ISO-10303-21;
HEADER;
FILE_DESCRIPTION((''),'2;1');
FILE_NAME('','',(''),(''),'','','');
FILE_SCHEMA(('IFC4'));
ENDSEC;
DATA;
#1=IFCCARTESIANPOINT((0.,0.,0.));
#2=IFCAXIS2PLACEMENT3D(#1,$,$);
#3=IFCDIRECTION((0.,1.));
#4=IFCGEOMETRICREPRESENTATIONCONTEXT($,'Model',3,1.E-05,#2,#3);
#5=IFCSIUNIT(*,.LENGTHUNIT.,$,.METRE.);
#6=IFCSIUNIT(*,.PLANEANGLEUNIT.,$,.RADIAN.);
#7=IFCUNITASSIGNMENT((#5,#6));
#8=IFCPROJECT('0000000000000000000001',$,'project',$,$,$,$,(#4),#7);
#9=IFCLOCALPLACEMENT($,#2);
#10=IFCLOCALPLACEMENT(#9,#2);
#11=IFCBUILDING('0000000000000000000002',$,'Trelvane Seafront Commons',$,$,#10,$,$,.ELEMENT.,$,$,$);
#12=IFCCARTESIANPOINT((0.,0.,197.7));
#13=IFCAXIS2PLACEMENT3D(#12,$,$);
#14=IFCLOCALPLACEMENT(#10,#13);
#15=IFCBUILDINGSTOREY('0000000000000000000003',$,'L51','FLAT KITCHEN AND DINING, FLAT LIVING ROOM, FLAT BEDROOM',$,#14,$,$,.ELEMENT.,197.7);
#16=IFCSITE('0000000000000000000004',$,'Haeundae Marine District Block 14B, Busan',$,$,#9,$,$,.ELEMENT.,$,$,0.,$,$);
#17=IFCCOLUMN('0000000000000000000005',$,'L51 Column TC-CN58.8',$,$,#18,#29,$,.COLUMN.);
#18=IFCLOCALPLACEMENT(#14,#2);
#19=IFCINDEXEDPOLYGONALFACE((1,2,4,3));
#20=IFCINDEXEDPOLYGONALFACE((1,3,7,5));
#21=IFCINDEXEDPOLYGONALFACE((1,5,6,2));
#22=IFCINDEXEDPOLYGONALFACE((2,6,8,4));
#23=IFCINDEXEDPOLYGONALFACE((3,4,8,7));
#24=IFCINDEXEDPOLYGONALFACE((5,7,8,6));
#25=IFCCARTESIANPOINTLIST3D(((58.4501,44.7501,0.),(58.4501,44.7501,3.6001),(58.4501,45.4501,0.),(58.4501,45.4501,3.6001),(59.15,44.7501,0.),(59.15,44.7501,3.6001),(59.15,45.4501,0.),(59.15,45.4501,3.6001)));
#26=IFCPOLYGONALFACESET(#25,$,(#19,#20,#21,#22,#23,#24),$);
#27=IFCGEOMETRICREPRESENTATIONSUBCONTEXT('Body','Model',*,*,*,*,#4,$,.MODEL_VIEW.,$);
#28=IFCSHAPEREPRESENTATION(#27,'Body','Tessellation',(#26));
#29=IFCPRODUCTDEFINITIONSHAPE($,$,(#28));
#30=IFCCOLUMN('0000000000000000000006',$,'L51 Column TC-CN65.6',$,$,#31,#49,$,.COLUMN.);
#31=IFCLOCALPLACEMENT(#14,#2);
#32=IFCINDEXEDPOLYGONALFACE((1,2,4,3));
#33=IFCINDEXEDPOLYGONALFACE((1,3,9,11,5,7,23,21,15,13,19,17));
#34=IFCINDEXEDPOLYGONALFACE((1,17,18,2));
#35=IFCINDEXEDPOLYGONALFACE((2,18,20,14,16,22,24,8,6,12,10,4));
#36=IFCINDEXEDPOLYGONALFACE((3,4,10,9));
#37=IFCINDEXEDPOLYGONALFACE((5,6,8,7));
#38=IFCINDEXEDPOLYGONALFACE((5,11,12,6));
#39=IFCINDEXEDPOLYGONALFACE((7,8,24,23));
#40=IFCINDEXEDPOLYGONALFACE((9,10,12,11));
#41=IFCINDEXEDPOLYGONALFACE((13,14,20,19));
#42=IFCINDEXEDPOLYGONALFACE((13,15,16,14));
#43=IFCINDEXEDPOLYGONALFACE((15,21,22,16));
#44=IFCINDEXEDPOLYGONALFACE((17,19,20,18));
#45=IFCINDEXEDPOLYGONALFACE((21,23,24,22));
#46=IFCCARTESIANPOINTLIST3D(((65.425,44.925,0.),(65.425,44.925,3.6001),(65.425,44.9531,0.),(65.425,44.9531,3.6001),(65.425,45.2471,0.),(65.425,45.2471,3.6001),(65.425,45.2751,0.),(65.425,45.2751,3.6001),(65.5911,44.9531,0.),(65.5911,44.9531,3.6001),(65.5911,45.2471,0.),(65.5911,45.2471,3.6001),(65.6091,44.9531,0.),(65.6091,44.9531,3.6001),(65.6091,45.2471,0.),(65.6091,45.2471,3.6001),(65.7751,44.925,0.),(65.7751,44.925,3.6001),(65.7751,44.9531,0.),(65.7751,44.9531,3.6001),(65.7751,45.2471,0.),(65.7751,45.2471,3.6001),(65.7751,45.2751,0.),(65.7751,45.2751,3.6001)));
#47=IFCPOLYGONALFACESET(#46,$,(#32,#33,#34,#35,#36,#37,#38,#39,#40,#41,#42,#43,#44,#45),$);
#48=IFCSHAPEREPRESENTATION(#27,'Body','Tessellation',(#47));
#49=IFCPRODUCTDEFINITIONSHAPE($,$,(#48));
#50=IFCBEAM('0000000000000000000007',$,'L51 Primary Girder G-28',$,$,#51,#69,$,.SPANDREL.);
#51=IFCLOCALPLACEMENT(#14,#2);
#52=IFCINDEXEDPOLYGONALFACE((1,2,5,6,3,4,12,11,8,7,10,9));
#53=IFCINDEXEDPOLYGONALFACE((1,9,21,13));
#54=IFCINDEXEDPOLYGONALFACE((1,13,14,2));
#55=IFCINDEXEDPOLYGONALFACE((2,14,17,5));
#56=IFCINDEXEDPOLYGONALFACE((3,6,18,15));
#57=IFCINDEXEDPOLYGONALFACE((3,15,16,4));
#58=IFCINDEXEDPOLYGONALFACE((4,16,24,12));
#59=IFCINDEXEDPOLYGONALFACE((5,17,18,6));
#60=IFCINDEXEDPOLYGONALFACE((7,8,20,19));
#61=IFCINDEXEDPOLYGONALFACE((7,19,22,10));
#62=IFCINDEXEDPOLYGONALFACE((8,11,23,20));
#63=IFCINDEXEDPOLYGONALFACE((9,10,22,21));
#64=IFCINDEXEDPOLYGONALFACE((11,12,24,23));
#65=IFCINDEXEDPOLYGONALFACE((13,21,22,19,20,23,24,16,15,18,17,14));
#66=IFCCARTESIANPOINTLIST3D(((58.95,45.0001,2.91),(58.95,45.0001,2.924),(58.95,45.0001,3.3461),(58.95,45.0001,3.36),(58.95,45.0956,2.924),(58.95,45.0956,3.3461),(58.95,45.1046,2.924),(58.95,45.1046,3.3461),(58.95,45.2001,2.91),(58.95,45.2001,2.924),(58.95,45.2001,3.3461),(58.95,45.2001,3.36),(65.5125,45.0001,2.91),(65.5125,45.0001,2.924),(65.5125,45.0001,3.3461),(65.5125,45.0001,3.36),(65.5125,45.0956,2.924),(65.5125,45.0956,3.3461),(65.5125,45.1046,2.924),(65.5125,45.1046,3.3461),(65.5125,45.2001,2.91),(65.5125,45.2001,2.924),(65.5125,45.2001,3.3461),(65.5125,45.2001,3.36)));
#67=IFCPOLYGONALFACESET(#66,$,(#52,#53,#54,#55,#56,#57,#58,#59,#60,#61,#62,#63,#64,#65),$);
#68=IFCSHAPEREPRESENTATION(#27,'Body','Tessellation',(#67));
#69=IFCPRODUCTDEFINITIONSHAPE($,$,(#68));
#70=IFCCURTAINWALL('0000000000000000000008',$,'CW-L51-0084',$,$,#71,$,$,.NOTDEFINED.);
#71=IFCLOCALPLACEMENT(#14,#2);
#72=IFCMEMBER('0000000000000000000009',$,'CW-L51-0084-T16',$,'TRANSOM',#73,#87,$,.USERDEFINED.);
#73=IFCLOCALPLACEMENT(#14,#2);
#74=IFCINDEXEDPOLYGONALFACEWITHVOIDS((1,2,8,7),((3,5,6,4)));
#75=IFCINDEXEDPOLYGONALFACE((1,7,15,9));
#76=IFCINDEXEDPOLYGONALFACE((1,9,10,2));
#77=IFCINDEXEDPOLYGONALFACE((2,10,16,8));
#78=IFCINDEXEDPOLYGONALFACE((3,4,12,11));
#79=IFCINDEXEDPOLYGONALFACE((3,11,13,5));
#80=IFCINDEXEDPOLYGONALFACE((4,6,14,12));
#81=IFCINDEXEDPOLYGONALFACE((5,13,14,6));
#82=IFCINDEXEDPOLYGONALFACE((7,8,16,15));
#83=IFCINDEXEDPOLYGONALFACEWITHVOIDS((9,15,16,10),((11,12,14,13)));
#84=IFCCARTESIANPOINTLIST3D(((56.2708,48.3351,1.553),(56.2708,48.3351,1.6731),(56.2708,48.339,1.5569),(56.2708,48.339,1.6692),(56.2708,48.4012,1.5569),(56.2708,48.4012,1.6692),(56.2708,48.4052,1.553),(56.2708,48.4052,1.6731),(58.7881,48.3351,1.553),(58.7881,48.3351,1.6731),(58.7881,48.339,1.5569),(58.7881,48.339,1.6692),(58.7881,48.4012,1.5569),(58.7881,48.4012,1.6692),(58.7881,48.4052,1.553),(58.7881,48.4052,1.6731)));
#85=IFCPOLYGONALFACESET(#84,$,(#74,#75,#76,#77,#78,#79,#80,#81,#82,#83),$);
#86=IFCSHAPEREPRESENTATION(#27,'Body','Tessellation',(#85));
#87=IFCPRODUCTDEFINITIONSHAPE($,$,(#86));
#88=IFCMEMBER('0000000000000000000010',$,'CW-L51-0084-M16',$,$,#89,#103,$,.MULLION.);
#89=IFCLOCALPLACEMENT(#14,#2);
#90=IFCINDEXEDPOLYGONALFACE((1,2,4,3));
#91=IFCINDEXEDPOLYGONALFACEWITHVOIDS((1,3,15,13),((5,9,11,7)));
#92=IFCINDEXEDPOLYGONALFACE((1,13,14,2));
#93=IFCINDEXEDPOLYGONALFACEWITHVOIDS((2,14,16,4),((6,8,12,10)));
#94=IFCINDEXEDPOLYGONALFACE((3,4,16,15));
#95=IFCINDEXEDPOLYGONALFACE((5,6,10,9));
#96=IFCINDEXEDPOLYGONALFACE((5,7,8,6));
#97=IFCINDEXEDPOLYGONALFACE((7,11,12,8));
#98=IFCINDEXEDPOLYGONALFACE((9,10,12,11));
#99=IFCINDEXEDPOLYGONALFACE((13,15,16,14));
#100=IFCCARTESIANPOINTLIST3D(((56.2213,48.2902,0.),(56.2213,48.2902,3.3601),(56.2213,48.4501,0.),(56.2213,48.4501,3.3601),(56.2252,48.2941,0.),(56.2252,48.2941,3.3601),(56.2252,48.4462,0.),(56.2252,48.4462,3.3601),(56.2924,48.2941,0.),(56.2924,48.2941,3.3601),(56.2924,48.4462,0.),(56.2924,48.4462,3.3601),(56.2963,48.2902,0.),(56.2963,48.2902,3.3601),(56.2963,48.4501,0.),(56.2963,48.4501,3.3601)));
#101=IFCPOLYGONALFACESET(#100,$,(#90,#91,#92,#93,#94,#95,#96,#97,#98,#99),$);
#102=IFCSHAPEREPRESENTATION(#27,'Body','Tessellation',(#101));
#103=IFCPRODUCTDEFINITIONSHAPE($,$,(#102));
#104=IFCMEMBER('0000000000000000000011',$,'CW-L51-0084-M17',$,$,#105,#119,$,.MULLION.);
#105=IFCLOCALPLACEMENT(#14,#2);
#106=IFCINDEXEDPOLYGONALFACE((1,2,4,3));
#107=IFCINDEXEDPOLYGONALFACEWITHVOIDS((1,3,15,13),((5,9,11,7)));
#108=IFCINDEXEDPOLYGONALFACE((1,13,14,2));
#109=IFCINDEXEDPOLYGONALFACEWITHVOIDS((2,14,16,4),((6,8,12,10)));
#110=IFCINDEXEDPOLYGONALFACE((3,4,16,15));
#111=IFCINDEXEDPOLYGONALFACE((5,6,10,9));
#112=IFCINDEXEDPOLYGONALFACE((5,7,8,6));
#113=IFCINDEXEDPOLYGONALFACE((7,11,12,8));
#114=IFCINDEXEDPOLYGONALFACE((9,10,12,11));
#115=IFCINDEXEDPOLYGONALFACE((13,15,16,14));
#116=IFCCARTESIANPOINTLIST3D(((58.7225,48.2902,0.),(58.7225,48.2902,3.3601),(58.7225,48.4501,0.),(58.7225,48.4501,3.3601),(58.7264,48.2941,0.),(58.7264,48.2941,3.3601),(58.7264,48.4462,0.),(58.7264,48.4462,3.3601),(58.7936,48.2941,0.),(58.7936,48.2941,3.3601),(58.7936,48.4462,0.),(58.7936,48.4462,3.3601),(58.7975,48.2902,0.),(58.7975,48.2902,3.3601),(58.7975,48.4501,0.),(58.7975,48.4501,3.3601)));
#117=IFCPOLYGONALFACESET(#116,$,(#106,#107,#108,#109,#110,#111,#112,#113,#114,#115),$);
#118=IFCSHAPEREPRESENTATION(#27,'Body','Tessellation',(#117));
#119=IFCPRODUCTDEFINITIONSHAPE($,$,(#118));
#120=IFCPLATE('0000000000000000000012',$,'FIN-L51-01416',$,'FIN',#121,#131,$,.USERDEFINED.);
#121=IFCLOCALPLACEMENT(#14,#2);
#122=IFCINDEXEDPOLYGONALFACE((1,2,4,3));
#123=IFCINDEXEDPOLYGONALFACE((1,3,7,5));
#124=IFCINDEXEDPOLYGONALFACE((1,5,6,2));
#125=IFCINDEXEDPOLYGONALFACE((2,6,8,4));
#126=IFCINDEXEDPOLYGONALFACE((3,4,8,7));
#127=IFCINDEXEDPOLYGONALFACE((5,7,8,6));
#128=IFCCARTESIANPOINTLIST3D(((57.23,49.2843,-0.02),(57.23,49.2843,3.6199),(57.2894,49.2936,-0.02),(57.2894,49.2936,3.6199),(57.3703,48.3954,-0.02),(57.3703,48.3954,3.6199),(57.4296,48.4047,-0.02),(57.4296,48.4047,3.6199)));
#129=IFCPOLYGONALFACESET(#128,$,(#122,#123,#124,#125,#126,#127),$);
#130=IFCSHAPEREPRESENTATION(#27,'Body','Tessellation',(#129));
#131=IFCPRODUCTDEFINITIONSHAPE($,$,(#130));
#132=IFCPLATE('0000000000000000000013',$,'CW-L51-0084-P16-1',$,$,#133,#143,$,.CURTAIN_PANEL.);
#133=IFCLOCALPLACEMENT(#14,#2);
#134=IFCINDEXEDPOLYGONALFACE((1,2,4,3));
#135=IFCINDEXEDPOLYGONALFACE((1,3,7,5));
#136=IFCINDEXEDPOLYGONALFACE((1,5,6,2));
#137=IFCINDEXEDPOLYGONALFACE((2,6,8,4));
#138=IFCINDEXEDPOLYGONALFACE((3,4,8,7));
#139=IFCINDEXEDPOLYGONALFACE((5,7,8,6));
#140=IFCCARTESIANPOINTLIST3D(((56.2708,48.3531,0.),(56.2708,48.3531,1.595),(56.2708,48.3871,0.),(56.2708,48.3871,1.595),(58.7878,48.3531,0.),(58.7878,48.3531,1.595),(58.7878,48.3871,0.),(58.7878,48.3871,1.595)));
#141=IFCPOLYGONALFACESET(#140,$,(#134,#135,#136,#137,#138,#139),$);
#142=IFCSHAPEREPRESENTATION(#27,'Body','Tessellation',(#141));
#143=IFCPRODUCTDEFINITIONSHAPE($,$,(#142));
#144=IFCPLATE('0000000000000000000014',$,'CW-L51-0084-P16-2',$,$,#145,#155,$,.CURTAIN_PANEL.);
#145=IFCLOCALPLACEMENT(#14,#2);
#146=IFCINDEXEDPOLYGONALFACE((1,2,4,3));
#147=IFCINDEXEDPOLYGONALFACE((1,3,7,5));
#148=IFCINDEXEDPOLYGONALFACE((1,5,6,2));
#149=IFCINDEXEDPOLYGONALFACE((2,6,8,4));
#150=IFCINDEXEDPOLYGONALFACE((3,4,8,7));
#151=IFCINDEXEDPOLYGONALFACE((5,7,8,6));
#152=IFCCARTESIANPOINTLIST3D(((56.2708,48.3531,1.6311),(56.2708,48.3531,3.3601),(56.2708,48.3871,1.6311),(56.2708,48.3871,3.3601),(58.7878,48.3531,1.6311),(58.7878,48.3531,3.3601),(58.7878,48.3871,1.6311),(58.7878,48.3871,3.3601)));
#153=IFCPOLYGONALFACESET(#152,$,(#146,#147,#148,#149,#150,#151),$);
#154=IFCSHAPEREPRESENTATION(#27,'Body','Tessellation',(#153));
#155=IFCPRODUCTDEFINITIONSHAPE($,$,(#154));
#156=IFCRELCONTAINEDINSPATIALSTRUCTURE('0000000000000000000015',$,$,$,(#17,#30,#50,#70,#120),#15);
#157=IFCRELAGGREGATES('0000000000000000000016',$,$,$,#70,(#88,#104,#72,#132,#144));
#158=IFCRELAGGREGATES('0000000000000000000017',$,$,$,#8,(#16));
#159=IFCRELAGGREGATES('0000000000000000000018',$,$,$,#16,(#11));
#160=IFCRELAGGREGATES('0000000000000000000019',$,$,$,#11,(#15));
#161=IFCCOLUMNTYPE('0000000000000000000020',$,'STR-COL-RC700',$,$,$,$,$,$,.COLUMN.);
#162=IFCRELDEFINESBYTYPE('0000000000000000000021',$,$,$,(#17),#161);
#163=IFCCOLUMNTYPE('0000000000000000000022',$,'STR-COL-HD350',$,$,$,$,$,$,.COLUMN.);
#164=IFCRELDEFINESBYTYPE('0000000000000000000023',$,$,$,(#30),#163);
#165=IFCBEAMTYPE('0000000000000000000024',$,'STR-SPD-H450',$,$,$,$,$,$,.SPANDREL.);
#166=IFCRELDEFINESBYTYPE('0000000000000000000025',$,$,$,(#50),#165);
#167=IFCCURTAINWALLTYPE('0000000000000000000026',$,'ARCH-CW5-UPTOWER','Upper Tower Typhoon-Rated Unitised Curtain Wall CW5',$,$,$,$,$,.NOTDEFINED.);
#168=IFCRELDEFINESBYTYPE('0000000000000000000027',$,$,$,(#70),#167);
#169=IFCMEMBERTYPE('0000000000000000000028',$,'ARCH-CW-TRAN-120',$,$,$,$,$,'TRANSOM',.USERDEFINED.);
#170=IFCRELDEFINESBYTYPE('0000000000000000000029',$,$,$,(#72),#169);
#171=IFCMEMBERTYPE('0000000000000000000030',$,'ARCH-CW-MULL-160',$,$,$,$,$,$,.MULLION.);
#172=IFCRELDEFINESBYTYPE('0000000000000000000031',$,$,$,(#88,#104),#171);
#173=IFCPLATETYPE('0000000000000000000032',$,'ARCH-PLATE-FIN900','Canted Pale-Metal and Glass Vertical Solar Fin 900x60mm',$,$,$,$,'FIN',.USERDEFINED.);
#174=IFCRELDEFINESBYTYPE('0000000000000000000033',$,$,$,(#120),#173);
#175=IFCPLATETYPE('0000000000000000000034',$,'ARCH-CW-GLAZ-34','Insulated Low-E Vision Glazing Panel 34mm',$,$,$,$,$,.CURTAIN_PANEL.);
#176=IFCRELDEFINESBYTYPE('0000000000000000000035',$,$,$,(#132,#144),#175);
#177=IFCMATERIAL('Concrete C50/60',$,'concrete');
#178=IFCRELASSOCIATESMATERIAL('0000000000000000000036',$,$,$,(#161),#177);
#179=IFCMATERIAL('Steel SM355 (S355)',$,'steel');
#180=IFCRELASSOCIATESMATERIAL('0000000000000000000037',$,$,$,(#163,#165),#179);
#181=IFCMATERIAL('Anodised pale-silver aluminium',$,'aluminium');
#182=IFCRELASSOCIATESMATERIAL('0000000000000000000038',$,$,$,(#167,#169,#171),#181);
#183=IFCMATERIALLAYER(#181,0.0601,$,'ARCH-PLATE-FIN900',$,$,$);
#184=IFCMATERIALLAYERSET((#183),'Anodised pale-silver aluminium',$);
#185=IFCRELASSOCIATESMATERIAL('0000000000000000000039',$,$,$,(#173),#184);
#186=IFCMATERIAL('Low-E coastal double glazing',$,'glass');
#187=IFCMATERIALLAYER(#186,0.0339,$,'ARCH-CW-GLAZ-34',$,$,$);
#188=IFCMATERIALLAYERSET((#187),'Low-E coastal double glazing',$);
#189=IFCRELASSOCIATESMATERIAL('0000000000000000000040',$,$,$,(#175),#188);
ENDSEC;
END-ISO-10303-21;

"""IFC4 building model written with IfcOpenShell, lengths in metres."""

from ifc_helpers import new_model, si_unit, direction, frame, origin, origin_2d, place, context, subcontext, project, spatial, rectangle, hollow_rectangle, i_section, extrude, source, transform, mapped, material, layer, layer_set, material_profile, profile_set, type_object, element, aggregate, save


model = new_model("IFC4")

# Units and contexts
model_context = context("Model", 3, precision=1e-05, world=origin(), true_north=direction((0.0, 1.0)))
body_context = subcontext(model_context, "Body", "Model", "MODEL_VIEW")
ifc_project = project(units=[si_unit("LENGTHUNIT", "METRE"), si_unit("PLANEANGLEUNIT", "RADIAN")], contexts=[model_context])

# Site, building, storey
site_placement = place(None, origin())
site = spatial("IfcSite", under=ifc_project, at=site_placement, Name="Haeundae Marine District Block 14B, Busan", CompositionType="ELEMENT", RefElevation=0.0)
building_placement = place(site_placement, origin())
building = spatial("IfcBuilding", under=site, at=building_placement, Name="Trelvane Seafront Commons", CompositionType="ELEMENT")
storey_placement = place(building_placement, frame((0.0, 0.0, 197.7)))
storey = spatial("IfcBuildingStorey", under=building, at=storey_placement, Name="L51", Description="FLAT KITCHEN AND DINING, FLAT LIVING ROOM, FLAT BEDROOM", CompositionType="ELEMENT", Elevation=197.7)

# Columns
ifc_material_1 = material(Name="Concrete C50/60", Category="concrete")
ifc_material_profile_1 = material_profile(ifc_material_1, rectangle(XDim=0.7, YDim=0.7, at=origin_2d()), Name="RC-700x700")
ifc_profile_set_1 = profile_set([ifc_material_profile_1], Name="Concrete C50/60")
column_type_1 = type_object("IfcColumnType", Name="STR-COL-RC700", PredefinedType="COLUMN", material=ifc_profile_set_1)
shared_shape_1 = source(origin(), body_context, "Body", "SweptSolid", [
    extrude(rectangle(XDim=0.7, YDim=0.7, at=origin_2d()), origin(), (0.0, 0.0, 1.0), 3.6001),
])
column_1_placement = place(storey_placement, frame((58.8, 45.1001, 0.0), z_axis=(0.0, 0.0, 1.0), x_axis=(1.0, 0.0, 0.0)))
element("IfcColumn", 1, at=column_1_placement, inside=storey, type_object=column_type_1, Name="L51 Column TC-CN58.8", PredefinedType="COLUMN", context=body_context, shape_type="MappedRepresentation", body=[
    mapped(shared_shape_1, transform((0.0, 0.0, 0.0), x_axis=(1.0, 0.0, 0.0), y_axis=(0.0, 1.0, 0.0), z_axis=(0.0, 0.0, 1.0), scale=1.0)),
])
ifc_material_2 = material(Name="Steel SM355 (S355)", Category="steel")
ifc_material_profile_2 = material_profile(ifc_material_2, i_section(OverallWidth=0.3501, OverallDepth=0.3501, WebThickness=0.0181, FlangeThickness=0.0281, at=origin_2d()), Name="HD-350x350x18x28")
ifc_profile_set_2 = profile_set([ifc_material_profile_2], Name="Steel SM355 (S355)")
column_type_2 = type_object("IfcColumnType", Name="STR-COL-HD350", PredefinedType="COLUMN", material=ifc_profile_set_2)
shared_shape_2 = source(origin(), body_context, "Body", "SweptSolid", [
    extrude(i_section(OverallWidth=0.3501, OverallDepth=0.3501, WebThickness=0.0181, FlangeThickness=0.0281, at=origin_2d()), origin(), (0.0, 0.0, 1.0), 3.6001),
])
column_2_placement = place(storey_placement, frame((65.6001, 45.1001, 0.0), z_axis=(0.0, 0.0, 1.0), x_axis=(1.0, 0.0, 0.0)))
element("IfcColumn", 2, at=column_2_placement, inside=storey, type_object=column_type_2, Name="L51 Column TC-CN65.6", PredefinedType="COLUMN", context=body_context, shape_type="MappedRepresentation", body=[
    mapped(shared_shape_2, transform((0.0, 0.0, 0.0), x_axis=(1.0, 0.0, 0.0), y_axis=(0.0, 1.0, 0.0), z_axis=(0.0, 0.0, 1.0), scale=1.0)),
])

# Beam
ifc_material_profile_3 = material_profile(ifc_material_2, i_section(OverallWidth=0.2, OverallDepth=0.45, WebThickness=0.009, FlangeThickness=0.0139, at=origin_2d()), Name="H-450x200x9x14")
ifc_profile_set_3 = profile_set([ifc_material_profile_3], Name="Steel SM355 (S355)")
beam_type = type_object("IfcBeamType", Name="STR-SPD-H450", PredefinedType="SPANDREL", material=ifc_profile_set_3)
shared_shape_3 = source(origin(), body_context, "Body", "SweptSolid", [
    extrude(i_section(OverallWidth=0.2, OverallDepth=0.45, WebThickness=0.009, FlangeThickness=0.0139, at=origin_2d()), origin(), (0.0, 0.0, 1.0), 6.5625),
])
beam_placement = place(storey_placement, frame((58.95, 45.1001, 3.135), z_axis=(1.0, 0.0, 0.0), x_axis=(0.0, 1.0, 0.0)))
element("IfcBeam", 3, at=beam_placement, inside=storey, type_object=beam_type, Name="L51 Primary Girder G-28", PredefinedType="SPANDREL", context=body_context, shape_type="MappedRepresentation", body=[
    mapped(shared_shape_3, transform((0.0, 0.0, 0.0), x_axis=(1.0, 0.0, 0.0), y_axis=(0.0, 1.0, 0.0), z_axis=(0.0, 0.0, 1.0), scale=1.0)),
])

# Curtain wall, members
ifc_material_3 = material(Name="Anodised pale-silver aluminium", Category="aluminium")
curtain_wall_type = type_object("IfcCurtainWallType", Name="ARCH-CW5-UPTOWER", Description="Upper Tower Typhoon-Rated Unitised Curtain Wall CW5", PredefinedType="NOTDEFINED", material=ifc_material_3)
curtain_wall_placement = place(storey_placement, origin())
curtain_wall = element("IfcCurtainWall", 4, at=curtain_wall_placement, inside=storey, type_object=curtain_wall_type, Name="CW-L51-0084", PredefinedType="NOTDEFINED")
ifc_material_profile_4 = material_profile(ifc_material_3, hollow_rectangle(XDim=0.0701, YDim=0.1201, WallThickness=0.0039, at=origin_2d()), Name="TRAN-70x120x4")
ifc_profile_set_4 = profile_set([ifc_material_profile_4], Name="Anodised pale-silver aluminium")
member_type_1 = type_object("IfcMemberType", Name="ARCH-CW-TRAN-120", ElementType="TRANSOM", PredefinedType="USERDEFINED", material=ifc_profile_set_4)
shared_shape_4 = source(origin(), body_context, "Body", "SweptSolid", [
    extrude(hollow_rectangle(XDim=0.0701, YDim=0.1201, WallThickness=0.0039, at=origin_2d()), origin(), (0.0, 0.0, 1.0), 2.5173),
])
member_1_placement = place(storey_placement, frame((56.2708, 48.3701, 1.613), z_axis=(1.0, 0.0, 0.0), x_axis=(0.0, 1.0, 0.0)))
member_1 = element("IfcMember", 5, at=member_1_placement, type_object=member_type_1, Name="CW-L51-0084-T16", ObjectType="TRANSOM", PredefinedType="USERDEFINED", context=body_context, shape_type="MappedRepresentation", body=[
    mapped(shared_shape_4, transform((0.0, 0.0, 0.0), x_axis=(1.0, 0.0, 0.0), y_axis=(0.0, 1.0, 0.0), z_axis=(0.0, 0.0, 1.0), scale=1.0)),
])
ifc_material_profile_5 = material_profile(ifc_material_3, hollow_rectangle(XDim=0.075, YDim=0.1599, WallThickness=0.0039, at=origin_2d()), Name="MULL-75x160x4")
ifc_profile_set_5 = profile_set([ifc_material_profile_5], Name="Anodised pale-silver aluminium")
member_type_2 = type_object("IfcMemberType", Name="ARCH-CW-MULL-160", PredefinedType="MULLION", material=ifc_profile_set_5)
shared_shape_5 = source(origin(), body_context, "Body", "SweptSolid", [
    extrude(hollow_rectangle(XDim=0.075, YDim=0.1599, WallThickness=0.0039, at=origin_2d()), origin(), (0.0, 0.0, 1.0), 3.3601),
])
member_2_placement = place(storey_placement, frame((56.2588, 48.3701, 0.0), z_axis=(0.0, 0.0, 1.0), x_axis=(1.0, 0.0, 0.0)))
member_2 = element("IfcMember", 6, at=member_2_placement, type_object=member_type_2, Name="CW-L51-0084-M16", PredefinedType="MULLION", context=body_context, shape_type="MappedRepresentation", body=[
    mapped(shared_shape_5, transform((0.0, 0.0, 0.0), x_axis=(1.0, 0.0, 0.0), y_axis=(0.0, 1.0, 0.0), z_axis=(0.0, 0.0, 1.0), scale=1.0)),
])
member_3_placement = place(storey_placement, frame((58.76, 48.3701, 0.0), z_axis=(0.0, 0.0, 1.0), x_axis=(1.0, 0.0, 0.0)))
member_3 = element("IfcMember", 7, at=member_3_placement, type_object=member_type_2, Name="CW-L51-0084-M17", PredefinedType="MULLION", context=body_context, shape_type="MappedRepresentation", body=[
    mapped(shared_shape_5, transform((0.0, 0.0, 0.0), x_axis=(1.0, 0.0, 0.0), y_axis=(0.0, 1.0, 0.0), z_axis=(0.0, 0.0, 1.0), scale=1.0)),
])

# Plates
ifc_layer_1 = layer(ifc_material_3, 0.0601, Name="ARCH-PLATE-FIN900")
ifc_layer_set_1 = layer_set([ifc_layer_1], Name="Anodised pale-silver aluminium")
plate_type_1 = type_object("IfcPlateType", Name="ARCH-PLATE-FIN900", Description="Canted Pale-Metal and Glass Vertical Solar Fin 900x60mm", ElementType="FIN", PredefinedType="USERDEFINED", material=ifc_layer_set_1)
shared_shape_6 = source(origin(), body_context, "Body", "SweptSolid", [
    extrude(rectangle(XDim=0.8999, YDim=0.0601, at=origin_2d()), origin(), (0.0, 0.0, 1.0), 3.6399),
])
plate_1_placement = place(storey_placement, frame((57.3298, 48.8445, -0.02), z_axis=(0.0, 0.0, 1.0), x_axis=(-0.155888, 0.987775, 0.0)))
element("IfcPlate", 8, at=plate_1_placement, inside=storey, type_object=plate_type_1, Name="FIN-L51-01416", ObjectType="FIN", PredefinedType="USERDEFINED", context=body_context, shape_type="MappedRepresentation", body=[
    mapped(shared_shape_6, transform((0.0, 0.0, 0.0), x_axis=(1.0, 0.0, 0.0), y_axis=(0.0, 1.0, 0.0), z_axis=(0.0, 0.0, 1.0), scale=1.0)),
])
ifc_material_4 = material(Name="Low-E coastal double glazing", Category="glass")
ifc_layer_2 = layer(ifc_material_4, 0.0339, Name="ARCH-CW-GLAZ-34")
ifc_layer_set_2 = layer_set([ifc_layer_2], Name="Low-E coastal double glazing")
plate_type_2 = type_object("IfcPlateType", Name="ARCH-CW-GLAZ-34", Description="Insulated Low-E Vision Glazing Panel 34mm", PredefinedType="CURTAIN_PANEL", material=ifc_layer_set_2)
shared_shape_7 = source(origin(), body_context, "Body", "SweptSolid", [
    extrude(rectangle(XDim=2.5171, YDim=0.0339, at=origin_2d()), origin(), (0.0, 0.0, 1.0), 1.595),
])
plate_2_placement = place(storey_placement, frame((57.5293, 48.3701, 0.0), z_axis=(0.0, 0.0, 1.0), x_axis=(1.0, 0.0, 0.0)))
plate_2 = element("IfcPlate", 9, at=plate_2_placement, type_object=plate_type_2, Name="CW-L51-0084-P16-1", PredefinedType="CURTAIN_PANEL", context=body_context, shape_type="MappedRepresentation", body=[
    mapped(shared_shape_7, transform((0.0, 0.0, 0.0), x_axis=(1.0, 0.0, 0.0), y_axis=(0.0, 1.0, 0.0), z_axis=(0.0, 0.0, 1.0), scale=1.0)),
])
shared_shape_8 = source(origin(), body_context, "Body", "SweptSolid", [
    extrude(rectangle(XDim=2.5171, YDim=0.0339, at=origin_2d()), origin(), (0.0, 0.0, 1.0), 1.729),
])
plate_3_placement = place(storey_placement, frame((57.5293, 48.3701, 1.6311), z_axis=(0.0, 0.0, 1.0), x_axis=(1.0, 0.0, 0.0)))
plate_3 = element("IfcPlate", 10, at=plate_3_placement, type_object=plate_type_2, Name="CW-L51-0084-P16-2", PredefinedType="CURTAIN_PANEL", context=body_context, shape_type="MappedRepresentation", body=[
    mapped(shared_shape_8, transform((0.0, 0.0, 0.0), x_axis=(1.0, 0.0, 0.0), y_axis=(0.0, 1.0, 0.0), z_axis=(0.0, 0.0, 1.0), scale=1.0)),
])
aggregate(curtain_wall, [member_2, member_3, member_1, plate_2, plate_3])

save(model, "model.ifc")
